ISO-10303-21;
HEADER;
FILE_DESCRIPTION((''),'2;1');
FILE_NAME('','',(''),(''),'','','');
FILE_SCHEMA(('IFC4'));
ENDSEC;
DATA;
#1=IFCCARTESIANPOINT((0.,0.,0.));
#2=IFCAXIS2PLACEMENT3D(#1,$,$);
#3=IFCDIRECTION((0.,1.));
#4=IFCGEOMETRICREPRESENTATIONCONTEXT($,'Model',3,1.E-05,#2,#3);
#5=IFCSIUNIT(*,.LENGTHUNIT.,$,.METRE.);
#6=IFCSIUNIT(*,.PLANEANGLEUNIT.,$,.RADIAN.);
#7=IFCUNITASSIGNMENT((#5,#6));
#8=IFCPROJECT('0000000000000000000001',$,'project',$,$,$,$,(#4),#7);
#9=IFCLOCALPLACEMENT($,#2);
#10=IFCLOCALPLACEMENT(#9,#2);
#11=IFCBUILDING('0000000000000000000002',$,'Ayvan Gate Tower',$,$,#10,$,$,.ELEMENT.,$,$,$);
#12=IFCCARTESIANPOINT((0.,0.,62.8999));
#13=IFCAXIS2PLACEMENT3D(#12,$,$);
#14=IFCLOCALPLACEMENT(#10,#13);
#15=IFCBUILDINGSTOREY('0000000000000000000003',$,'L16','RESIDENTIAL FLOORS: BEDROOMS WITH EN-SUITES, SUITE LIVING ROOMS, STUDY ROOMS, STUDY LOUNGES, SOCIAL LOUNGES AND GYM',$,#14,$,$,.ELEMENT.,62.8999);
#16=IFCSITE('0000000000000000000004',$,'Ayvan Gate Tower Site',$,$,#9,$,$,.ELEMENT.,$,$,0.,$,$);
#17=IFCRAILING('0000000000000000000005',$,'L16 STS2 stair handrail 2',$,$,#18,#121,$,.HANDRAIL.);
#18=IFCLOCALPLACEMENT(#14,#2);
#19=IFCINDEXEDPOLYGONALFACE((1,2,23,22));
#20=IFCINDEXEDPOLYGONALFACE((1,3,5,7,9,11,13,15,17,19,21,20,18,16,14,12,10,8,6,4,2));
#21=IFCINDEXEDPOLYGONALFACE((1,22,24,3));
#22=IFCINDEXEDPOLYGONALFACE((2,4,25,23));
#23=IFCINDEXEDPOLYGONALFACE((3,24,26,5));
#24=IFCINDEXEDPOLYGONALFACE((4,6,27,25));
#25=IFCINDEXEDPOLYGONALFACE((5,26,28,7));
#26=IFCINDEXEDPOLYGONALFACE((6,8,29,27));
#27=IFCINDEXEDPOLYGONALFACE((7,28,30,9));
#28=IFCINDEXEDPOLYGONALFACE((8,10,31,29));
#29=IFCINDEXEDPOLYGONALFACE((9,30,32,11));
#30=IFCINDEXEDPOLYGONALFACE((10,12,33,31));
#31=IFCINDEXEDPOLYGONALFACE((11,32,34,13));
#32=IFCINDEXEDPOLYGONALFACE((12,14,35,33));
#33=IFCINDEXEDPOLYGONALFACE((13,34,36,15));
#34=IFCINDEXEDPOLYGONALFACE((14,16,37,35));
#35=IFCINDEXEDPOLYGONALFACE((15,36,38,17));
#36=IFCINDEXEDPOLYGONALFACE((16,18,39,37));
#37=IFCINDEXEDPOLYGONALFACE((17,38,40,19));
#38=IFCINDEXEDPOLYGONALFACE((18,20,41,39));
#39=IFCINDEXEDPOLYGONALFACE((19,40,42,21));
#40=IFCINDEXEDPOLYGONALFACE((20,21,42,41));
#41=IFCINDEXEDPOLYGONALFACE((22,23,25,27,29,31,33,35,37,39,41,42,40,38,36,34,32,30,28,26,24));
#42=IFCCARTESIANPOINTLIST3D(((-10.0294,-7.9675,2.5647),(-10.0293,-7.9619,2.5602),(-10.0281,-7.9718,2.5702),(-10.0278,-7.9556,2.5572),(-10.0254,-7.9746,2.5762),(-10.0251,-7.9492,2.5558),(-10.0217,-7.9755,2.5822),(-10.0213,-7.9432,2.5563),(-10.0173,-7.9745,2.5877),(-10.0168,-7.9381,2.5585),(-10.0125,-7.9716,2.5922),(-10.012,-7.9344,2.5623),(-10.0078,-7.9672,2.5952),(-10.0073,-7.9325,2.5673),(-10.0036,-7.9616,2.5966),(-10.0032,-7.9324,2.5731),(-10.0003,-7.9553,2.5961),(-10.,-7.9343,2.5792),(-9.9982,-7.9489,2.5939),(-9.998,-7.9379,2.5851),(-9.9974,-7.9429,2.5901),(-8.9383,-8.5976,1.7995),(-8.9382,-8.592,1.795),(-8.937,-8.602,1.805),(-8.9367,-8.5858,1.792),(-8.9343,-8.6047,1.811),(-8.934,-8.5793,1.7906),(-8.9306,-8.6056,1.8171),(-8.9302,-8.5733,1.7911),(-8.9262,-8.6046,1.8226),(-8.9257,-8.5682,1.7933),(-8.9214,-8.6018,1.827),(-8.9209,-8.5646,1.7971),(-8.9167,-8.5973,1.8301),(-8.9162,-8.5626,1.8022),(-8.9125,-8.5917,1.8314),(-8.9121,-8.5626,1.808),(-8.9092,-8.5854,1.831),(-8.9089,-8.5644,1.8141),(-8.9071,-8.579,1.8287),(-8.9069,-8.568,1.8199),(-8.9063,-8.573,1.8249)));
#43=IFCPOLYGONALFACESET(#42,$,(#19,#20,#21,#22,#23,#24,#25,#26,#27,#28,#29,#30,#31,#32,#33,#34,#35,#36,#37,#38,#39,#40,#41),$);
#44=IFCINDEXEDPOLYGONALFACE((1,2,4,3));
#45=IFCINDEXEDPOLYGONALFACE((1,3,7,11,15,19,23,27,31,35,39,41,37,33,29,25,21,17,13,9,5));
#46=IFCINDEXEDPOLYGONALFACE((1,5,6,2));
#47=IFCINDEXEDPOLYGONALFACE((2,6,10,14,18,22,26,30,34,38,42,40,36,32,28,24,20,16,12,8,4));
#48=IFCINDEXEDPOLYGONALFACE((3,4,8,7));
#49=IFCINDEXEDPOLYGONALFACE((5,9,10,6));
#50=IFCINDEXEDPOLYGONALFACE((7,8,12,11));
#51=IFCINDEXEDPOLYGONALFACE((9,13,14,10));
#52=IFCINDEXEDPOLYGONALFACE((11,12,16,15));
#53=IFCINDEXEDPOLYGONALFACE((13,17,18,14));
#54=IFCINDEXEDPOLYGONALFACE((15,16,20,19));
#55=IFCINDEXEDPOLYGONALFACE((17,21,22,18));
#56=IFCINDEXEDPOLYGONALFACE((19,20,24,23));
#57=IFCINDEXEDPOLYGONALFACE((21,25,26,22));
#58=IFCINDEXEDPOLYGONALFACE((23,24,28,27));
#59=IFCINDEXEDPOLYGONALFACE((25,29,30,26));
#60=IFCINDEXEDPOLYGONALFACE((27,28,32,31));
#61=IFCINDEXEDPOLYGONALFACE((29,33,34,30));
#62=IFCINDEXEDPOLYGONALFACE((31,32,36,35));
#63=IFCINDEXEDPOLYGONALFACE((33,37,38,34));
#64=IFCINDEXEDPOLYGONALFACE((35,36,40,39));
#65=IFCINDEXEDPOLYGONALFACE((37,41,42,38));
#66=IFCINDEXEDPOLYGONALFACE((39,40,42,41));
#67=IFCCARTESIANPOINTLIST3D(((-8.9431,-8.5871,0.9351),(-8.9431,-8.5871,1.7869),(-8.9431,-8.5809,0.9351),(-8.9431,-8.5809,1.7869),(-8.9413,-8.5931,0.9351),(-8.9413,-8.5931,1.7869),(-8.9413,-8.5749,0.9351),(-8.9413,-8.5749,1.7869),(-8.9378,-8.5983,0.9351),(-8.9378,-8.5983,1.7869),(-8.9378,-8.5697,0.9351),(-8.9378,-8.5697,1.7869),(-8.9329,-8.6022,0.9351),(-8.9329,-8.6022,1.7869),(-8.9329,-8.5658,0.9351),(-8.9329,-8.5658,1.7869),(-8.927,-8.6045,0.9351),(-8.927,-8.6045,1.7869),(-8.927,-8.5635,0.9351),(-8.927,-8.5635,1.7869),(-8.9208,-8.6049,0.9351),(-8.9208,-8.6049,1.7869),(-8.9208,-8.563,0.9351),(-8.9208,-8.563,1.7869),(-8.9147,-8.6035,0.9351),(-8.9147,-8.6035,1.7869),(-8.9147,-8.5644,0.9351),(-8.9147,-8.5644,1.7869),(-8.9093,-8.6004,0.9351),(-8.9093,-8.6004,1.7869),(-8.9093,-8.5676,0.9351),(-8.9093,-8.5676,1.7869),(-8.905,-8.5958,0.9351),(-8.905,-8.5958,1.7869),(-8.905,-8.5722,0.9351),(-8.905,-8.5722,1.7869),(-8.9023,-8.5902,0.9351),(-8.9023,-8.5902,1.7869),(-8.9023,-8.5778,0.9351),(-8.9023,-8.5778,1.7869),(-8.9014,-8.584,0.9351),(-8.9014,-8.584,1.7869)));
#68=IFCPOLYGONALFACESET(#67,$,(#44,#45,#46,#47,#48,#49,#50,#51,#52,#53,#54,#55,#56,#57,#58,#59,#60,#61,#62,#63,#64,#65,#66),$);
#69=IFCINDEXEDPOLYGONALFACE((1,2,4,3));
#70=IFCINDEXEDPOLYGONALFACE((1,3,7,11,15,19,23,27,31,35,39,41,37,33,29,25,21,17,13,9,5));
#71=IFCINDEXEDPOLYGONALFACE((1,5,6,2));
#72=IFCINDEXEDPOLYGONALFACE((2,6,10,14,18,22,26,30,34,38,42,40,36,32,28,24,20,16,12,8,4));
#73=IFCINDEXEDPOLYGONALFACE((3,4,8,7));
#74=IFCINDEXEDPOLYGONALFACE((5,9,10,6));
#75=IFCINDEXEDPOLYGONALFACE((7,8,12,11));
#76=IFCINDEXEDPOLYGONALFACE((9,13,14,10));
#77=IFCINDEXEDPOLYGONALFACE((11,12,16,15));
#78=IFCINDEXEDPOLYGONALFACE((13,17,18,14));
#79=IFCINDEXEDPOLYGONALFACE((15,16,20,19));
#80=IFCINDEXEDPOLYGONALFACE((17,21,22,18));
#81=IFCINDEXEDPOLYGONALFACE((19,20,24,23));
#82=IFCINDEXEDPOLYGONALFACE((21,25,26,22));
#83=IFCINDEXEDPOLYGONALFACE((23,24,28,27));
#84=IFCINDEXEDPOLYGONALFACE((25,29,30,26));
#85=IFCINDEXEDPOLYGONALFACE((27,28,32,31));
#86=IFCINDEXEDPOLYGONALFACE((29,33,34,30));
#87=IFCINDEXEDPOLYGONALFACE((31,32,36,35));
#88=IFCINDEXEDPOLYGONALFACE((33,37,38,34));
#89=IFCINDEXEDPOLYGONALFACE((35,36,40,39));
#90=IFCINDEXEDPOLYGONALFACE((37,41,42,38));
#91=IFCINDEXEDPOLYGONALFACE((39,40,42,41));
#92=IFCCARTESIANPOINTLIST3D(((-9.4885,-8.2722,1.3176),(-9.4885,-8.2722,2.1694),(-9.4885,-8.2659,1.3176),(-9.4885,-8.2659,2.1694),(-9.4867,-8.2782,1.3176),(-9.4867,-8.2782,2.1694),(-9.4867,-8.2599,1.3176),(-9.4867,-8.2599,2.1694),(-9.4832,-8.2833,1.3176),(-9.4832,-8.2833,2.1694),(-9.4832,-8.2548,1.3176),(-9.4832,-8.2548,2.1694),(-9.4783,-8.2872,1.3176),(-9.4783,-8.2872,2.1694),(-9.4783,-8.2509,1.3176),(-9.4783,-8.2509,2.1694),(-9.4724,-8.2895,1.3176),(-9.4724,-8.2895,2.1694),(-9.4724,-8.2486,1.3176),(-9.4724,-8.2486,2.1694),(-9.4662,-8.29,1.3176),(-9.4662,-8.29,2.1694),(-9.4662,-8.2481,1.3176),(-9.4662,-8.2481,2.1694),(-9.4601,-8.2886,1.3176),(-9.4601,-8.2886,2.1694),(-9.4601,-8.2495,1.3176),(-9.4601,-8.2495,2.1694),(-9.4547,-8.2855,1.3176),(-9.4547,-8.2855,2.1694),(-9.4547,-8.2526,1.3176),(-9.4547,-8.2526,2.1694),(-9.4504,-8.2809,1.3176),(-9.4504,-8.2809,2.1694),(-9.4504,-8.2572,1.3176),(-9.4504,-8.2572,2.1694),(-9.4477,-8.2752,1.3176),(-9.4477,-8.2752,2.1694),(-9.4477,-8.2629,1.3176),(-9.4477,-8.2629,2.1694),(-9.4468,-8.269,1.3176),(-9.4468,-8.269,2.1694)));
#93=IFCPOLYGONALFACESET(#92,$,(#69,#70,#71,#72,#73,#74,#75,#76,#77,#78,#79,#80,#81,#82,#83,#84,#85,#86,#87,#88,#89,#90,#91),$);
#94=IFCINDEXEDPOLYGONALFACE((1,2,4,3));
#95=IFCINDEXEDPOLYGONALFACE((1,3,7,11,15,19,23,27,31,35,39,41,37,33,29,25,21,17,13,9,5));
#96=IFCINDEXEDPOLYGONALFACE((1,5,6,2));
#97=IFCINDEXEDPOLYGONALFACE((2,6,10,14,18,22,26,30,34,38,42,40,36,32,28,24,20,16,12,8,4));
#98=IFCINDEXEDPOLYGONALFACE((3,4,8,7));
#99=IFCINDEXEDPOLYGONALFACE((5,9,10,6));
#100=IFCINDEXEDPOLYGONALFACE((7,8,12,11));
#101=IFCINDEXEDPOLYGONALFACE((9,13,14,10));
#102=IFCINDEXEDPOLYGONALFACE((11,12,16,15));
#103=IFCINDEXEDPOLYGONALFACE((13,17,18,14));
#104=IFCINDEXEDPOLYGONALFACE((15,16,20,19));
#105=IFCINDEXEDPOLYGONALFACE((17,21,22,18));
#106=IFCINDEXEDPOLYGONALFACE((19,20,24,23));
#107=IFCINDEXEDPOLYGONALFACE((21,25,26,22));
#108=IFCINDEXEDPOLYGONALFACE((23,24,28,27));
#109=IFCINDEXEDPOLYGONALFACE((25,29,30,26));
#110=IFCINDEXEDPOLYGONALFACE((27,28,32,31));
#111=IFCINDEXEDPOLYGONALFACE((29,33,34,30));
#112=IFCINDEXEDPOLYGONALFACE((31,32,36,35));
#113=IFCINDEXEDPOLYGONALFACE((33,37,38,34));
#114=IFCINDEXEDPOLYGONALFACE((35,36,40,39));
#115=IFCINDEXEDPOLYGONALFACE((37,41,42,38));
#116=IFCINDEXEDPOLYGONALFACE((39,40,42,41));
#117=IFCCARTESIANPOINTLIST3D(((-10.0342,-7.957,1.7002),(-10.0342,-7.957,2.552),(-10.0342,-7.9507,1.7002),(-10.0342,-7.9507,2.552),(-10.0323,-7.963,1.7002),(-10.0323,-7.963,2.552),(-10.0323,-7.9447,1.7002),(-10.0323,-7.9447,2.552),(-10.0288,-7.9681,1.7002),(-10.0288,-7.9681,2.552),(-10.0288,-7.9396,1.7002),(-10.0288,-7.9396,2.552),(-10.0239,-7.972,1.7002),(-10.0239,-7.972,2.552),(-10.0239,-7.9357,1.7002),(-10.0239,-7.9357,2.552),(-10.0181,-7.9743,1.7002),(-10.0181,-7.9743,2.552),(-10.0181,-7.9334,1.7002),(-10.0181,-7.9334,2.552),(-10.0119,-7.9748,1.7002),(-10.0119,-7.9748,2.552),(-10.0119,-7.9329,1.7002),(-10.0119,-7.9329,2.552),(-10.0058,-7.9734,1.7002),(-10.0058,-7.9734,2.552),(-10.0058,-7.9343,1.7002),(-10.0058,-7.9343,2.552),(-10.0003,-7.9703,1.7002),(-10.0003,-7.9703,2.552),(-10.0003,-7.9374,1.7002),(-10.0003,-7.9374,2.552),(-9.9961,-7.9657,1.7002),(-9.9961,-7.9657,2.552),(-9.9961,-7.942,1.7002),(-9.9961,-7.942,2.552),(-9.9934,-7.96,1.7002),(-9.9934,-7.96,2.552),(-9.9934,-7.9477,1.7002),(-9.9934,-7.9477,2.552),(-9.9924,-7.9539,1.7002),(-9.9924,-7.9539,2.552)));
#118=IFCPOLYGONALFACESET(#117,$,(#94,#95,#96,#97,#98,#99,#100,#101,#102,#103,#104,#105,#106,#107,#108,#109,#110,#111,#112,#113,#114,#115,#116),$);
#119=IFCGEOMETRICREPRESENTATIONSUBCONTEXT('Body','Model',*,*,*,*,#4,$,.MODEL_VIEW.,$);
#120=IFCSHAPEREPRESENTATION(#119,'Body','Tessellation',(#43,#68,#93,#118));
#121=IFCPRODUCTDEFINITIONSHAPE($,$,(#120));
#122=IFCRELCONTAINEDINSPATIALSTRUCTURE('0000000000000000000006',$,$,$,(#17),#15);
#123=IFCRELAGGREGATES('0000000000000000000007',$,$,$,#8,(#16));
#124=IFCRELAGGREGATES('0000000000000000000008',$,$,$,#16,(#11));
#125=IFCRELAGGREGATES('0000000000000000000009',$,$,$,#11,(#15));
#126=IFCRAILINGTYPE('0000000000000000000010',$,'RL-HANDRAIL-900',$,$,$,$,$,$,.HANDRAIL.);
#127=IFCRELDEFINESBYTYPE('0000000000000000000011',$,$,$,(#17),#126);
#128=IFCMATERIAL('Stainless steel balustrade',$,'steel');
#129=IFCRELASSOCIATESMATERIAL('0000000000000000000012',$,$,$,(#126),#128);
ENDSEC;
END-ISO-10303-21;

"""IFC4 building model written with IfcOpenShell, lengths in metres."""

from ifc_helpers import new_model, si_unit, direction, frame, origin, origin_2d, place, context, subcontext, project, spatial, circle, extrude, material, type_object, element, save


model = new_model("IFC4")

# Units and contexts
model_context = context("Model", 3, precision=1e-05, world=origin(), true_north=direction((0.0, 1.0)))
body_context = subcontext(model_context, "Body", "Model", "MODEL_VIEW")
ifc_project = project(units=[si_unit("LENGTHUNIT", "METRE"), si_unit("PLANEANGLEUNIT", "RADIAN")], contexts=[model_context])

# Site, building, storey
site_placement = place(None, origin())
site = spatial("IfcSite", under=ifc_project, at=site_placement, Name="Ayvan Gate Tower Site", CompositionType="ELEMENT", RefElevation=0.0)
building_placement = place(site_placement, origin())
building = spatial("IfcBuilding", under=site, at=building_placement, Name="Ayvan Gate Tower", CompositionType="ELEMENT")
storey_placement = place(building_placement, frame((0.0, 0.0, 62.8999)))
storey = spatial("IfcBuildingStorey", under=building, at=storey_placement, Name="L16", Description="RESIDENTIAL FLOORS: BEDROOMS WITH EN-SUITES, SUITE LIVING ROOMS, STUDY ROOMS, STUDY LOUNGES, SOCIAL LOUNGES AND GYM", CompositionType="ELEMENT", Elevation=62.8999)

# Railing
ifc_material_1 = material(Name="Stainless steel balustrade", Category="steel")
railing_type_1 = type_object("IfcRailingType", Name="RL-HANDRAIL-900", PredefinedType="HANDRAIL", material=ifc_material_1)
railing_1_placement = place(storey_placement, frame((-8.9224, -8.584, 0.9351)))
element("IfcRailing", 1, at=railing_1_placement, inside=storey, type_object=railing_type_1, Name="L16 STS2 stair handrail 2", PredefinedType="HANDRAIL", context=body_context, shape_type="SweptSolid", body=[
    extrude(circle(Radius=0.0239, at=origin_2d()), frame((0.0, 0.0, 0.876), z_axis=(-0.740166, 0.427471, 0.51906), x_axis=(-0.500119, -0.865956, 0.0)), (0.0, 0.0, 1.0), 1.4741),
    extrude(circle(Radius=0.021, at=origin_2d()), origin(), (0.0, 0.0, 1.0), 0.8518),
    extrude(circle(Radius=0.021, at=origin_2d()), frame((-0.5454, 0.3149, 0.3826)), (0.0, 0.0, 1.0), 0.8518),
    extrude(circle(Radius=0.021, at=origin_2d()), frame((-1.0911, 0.6301, 0.7651)), (0.0, 0.0, 1.0), 0.8518),
])

save(model, "model.ifc")
